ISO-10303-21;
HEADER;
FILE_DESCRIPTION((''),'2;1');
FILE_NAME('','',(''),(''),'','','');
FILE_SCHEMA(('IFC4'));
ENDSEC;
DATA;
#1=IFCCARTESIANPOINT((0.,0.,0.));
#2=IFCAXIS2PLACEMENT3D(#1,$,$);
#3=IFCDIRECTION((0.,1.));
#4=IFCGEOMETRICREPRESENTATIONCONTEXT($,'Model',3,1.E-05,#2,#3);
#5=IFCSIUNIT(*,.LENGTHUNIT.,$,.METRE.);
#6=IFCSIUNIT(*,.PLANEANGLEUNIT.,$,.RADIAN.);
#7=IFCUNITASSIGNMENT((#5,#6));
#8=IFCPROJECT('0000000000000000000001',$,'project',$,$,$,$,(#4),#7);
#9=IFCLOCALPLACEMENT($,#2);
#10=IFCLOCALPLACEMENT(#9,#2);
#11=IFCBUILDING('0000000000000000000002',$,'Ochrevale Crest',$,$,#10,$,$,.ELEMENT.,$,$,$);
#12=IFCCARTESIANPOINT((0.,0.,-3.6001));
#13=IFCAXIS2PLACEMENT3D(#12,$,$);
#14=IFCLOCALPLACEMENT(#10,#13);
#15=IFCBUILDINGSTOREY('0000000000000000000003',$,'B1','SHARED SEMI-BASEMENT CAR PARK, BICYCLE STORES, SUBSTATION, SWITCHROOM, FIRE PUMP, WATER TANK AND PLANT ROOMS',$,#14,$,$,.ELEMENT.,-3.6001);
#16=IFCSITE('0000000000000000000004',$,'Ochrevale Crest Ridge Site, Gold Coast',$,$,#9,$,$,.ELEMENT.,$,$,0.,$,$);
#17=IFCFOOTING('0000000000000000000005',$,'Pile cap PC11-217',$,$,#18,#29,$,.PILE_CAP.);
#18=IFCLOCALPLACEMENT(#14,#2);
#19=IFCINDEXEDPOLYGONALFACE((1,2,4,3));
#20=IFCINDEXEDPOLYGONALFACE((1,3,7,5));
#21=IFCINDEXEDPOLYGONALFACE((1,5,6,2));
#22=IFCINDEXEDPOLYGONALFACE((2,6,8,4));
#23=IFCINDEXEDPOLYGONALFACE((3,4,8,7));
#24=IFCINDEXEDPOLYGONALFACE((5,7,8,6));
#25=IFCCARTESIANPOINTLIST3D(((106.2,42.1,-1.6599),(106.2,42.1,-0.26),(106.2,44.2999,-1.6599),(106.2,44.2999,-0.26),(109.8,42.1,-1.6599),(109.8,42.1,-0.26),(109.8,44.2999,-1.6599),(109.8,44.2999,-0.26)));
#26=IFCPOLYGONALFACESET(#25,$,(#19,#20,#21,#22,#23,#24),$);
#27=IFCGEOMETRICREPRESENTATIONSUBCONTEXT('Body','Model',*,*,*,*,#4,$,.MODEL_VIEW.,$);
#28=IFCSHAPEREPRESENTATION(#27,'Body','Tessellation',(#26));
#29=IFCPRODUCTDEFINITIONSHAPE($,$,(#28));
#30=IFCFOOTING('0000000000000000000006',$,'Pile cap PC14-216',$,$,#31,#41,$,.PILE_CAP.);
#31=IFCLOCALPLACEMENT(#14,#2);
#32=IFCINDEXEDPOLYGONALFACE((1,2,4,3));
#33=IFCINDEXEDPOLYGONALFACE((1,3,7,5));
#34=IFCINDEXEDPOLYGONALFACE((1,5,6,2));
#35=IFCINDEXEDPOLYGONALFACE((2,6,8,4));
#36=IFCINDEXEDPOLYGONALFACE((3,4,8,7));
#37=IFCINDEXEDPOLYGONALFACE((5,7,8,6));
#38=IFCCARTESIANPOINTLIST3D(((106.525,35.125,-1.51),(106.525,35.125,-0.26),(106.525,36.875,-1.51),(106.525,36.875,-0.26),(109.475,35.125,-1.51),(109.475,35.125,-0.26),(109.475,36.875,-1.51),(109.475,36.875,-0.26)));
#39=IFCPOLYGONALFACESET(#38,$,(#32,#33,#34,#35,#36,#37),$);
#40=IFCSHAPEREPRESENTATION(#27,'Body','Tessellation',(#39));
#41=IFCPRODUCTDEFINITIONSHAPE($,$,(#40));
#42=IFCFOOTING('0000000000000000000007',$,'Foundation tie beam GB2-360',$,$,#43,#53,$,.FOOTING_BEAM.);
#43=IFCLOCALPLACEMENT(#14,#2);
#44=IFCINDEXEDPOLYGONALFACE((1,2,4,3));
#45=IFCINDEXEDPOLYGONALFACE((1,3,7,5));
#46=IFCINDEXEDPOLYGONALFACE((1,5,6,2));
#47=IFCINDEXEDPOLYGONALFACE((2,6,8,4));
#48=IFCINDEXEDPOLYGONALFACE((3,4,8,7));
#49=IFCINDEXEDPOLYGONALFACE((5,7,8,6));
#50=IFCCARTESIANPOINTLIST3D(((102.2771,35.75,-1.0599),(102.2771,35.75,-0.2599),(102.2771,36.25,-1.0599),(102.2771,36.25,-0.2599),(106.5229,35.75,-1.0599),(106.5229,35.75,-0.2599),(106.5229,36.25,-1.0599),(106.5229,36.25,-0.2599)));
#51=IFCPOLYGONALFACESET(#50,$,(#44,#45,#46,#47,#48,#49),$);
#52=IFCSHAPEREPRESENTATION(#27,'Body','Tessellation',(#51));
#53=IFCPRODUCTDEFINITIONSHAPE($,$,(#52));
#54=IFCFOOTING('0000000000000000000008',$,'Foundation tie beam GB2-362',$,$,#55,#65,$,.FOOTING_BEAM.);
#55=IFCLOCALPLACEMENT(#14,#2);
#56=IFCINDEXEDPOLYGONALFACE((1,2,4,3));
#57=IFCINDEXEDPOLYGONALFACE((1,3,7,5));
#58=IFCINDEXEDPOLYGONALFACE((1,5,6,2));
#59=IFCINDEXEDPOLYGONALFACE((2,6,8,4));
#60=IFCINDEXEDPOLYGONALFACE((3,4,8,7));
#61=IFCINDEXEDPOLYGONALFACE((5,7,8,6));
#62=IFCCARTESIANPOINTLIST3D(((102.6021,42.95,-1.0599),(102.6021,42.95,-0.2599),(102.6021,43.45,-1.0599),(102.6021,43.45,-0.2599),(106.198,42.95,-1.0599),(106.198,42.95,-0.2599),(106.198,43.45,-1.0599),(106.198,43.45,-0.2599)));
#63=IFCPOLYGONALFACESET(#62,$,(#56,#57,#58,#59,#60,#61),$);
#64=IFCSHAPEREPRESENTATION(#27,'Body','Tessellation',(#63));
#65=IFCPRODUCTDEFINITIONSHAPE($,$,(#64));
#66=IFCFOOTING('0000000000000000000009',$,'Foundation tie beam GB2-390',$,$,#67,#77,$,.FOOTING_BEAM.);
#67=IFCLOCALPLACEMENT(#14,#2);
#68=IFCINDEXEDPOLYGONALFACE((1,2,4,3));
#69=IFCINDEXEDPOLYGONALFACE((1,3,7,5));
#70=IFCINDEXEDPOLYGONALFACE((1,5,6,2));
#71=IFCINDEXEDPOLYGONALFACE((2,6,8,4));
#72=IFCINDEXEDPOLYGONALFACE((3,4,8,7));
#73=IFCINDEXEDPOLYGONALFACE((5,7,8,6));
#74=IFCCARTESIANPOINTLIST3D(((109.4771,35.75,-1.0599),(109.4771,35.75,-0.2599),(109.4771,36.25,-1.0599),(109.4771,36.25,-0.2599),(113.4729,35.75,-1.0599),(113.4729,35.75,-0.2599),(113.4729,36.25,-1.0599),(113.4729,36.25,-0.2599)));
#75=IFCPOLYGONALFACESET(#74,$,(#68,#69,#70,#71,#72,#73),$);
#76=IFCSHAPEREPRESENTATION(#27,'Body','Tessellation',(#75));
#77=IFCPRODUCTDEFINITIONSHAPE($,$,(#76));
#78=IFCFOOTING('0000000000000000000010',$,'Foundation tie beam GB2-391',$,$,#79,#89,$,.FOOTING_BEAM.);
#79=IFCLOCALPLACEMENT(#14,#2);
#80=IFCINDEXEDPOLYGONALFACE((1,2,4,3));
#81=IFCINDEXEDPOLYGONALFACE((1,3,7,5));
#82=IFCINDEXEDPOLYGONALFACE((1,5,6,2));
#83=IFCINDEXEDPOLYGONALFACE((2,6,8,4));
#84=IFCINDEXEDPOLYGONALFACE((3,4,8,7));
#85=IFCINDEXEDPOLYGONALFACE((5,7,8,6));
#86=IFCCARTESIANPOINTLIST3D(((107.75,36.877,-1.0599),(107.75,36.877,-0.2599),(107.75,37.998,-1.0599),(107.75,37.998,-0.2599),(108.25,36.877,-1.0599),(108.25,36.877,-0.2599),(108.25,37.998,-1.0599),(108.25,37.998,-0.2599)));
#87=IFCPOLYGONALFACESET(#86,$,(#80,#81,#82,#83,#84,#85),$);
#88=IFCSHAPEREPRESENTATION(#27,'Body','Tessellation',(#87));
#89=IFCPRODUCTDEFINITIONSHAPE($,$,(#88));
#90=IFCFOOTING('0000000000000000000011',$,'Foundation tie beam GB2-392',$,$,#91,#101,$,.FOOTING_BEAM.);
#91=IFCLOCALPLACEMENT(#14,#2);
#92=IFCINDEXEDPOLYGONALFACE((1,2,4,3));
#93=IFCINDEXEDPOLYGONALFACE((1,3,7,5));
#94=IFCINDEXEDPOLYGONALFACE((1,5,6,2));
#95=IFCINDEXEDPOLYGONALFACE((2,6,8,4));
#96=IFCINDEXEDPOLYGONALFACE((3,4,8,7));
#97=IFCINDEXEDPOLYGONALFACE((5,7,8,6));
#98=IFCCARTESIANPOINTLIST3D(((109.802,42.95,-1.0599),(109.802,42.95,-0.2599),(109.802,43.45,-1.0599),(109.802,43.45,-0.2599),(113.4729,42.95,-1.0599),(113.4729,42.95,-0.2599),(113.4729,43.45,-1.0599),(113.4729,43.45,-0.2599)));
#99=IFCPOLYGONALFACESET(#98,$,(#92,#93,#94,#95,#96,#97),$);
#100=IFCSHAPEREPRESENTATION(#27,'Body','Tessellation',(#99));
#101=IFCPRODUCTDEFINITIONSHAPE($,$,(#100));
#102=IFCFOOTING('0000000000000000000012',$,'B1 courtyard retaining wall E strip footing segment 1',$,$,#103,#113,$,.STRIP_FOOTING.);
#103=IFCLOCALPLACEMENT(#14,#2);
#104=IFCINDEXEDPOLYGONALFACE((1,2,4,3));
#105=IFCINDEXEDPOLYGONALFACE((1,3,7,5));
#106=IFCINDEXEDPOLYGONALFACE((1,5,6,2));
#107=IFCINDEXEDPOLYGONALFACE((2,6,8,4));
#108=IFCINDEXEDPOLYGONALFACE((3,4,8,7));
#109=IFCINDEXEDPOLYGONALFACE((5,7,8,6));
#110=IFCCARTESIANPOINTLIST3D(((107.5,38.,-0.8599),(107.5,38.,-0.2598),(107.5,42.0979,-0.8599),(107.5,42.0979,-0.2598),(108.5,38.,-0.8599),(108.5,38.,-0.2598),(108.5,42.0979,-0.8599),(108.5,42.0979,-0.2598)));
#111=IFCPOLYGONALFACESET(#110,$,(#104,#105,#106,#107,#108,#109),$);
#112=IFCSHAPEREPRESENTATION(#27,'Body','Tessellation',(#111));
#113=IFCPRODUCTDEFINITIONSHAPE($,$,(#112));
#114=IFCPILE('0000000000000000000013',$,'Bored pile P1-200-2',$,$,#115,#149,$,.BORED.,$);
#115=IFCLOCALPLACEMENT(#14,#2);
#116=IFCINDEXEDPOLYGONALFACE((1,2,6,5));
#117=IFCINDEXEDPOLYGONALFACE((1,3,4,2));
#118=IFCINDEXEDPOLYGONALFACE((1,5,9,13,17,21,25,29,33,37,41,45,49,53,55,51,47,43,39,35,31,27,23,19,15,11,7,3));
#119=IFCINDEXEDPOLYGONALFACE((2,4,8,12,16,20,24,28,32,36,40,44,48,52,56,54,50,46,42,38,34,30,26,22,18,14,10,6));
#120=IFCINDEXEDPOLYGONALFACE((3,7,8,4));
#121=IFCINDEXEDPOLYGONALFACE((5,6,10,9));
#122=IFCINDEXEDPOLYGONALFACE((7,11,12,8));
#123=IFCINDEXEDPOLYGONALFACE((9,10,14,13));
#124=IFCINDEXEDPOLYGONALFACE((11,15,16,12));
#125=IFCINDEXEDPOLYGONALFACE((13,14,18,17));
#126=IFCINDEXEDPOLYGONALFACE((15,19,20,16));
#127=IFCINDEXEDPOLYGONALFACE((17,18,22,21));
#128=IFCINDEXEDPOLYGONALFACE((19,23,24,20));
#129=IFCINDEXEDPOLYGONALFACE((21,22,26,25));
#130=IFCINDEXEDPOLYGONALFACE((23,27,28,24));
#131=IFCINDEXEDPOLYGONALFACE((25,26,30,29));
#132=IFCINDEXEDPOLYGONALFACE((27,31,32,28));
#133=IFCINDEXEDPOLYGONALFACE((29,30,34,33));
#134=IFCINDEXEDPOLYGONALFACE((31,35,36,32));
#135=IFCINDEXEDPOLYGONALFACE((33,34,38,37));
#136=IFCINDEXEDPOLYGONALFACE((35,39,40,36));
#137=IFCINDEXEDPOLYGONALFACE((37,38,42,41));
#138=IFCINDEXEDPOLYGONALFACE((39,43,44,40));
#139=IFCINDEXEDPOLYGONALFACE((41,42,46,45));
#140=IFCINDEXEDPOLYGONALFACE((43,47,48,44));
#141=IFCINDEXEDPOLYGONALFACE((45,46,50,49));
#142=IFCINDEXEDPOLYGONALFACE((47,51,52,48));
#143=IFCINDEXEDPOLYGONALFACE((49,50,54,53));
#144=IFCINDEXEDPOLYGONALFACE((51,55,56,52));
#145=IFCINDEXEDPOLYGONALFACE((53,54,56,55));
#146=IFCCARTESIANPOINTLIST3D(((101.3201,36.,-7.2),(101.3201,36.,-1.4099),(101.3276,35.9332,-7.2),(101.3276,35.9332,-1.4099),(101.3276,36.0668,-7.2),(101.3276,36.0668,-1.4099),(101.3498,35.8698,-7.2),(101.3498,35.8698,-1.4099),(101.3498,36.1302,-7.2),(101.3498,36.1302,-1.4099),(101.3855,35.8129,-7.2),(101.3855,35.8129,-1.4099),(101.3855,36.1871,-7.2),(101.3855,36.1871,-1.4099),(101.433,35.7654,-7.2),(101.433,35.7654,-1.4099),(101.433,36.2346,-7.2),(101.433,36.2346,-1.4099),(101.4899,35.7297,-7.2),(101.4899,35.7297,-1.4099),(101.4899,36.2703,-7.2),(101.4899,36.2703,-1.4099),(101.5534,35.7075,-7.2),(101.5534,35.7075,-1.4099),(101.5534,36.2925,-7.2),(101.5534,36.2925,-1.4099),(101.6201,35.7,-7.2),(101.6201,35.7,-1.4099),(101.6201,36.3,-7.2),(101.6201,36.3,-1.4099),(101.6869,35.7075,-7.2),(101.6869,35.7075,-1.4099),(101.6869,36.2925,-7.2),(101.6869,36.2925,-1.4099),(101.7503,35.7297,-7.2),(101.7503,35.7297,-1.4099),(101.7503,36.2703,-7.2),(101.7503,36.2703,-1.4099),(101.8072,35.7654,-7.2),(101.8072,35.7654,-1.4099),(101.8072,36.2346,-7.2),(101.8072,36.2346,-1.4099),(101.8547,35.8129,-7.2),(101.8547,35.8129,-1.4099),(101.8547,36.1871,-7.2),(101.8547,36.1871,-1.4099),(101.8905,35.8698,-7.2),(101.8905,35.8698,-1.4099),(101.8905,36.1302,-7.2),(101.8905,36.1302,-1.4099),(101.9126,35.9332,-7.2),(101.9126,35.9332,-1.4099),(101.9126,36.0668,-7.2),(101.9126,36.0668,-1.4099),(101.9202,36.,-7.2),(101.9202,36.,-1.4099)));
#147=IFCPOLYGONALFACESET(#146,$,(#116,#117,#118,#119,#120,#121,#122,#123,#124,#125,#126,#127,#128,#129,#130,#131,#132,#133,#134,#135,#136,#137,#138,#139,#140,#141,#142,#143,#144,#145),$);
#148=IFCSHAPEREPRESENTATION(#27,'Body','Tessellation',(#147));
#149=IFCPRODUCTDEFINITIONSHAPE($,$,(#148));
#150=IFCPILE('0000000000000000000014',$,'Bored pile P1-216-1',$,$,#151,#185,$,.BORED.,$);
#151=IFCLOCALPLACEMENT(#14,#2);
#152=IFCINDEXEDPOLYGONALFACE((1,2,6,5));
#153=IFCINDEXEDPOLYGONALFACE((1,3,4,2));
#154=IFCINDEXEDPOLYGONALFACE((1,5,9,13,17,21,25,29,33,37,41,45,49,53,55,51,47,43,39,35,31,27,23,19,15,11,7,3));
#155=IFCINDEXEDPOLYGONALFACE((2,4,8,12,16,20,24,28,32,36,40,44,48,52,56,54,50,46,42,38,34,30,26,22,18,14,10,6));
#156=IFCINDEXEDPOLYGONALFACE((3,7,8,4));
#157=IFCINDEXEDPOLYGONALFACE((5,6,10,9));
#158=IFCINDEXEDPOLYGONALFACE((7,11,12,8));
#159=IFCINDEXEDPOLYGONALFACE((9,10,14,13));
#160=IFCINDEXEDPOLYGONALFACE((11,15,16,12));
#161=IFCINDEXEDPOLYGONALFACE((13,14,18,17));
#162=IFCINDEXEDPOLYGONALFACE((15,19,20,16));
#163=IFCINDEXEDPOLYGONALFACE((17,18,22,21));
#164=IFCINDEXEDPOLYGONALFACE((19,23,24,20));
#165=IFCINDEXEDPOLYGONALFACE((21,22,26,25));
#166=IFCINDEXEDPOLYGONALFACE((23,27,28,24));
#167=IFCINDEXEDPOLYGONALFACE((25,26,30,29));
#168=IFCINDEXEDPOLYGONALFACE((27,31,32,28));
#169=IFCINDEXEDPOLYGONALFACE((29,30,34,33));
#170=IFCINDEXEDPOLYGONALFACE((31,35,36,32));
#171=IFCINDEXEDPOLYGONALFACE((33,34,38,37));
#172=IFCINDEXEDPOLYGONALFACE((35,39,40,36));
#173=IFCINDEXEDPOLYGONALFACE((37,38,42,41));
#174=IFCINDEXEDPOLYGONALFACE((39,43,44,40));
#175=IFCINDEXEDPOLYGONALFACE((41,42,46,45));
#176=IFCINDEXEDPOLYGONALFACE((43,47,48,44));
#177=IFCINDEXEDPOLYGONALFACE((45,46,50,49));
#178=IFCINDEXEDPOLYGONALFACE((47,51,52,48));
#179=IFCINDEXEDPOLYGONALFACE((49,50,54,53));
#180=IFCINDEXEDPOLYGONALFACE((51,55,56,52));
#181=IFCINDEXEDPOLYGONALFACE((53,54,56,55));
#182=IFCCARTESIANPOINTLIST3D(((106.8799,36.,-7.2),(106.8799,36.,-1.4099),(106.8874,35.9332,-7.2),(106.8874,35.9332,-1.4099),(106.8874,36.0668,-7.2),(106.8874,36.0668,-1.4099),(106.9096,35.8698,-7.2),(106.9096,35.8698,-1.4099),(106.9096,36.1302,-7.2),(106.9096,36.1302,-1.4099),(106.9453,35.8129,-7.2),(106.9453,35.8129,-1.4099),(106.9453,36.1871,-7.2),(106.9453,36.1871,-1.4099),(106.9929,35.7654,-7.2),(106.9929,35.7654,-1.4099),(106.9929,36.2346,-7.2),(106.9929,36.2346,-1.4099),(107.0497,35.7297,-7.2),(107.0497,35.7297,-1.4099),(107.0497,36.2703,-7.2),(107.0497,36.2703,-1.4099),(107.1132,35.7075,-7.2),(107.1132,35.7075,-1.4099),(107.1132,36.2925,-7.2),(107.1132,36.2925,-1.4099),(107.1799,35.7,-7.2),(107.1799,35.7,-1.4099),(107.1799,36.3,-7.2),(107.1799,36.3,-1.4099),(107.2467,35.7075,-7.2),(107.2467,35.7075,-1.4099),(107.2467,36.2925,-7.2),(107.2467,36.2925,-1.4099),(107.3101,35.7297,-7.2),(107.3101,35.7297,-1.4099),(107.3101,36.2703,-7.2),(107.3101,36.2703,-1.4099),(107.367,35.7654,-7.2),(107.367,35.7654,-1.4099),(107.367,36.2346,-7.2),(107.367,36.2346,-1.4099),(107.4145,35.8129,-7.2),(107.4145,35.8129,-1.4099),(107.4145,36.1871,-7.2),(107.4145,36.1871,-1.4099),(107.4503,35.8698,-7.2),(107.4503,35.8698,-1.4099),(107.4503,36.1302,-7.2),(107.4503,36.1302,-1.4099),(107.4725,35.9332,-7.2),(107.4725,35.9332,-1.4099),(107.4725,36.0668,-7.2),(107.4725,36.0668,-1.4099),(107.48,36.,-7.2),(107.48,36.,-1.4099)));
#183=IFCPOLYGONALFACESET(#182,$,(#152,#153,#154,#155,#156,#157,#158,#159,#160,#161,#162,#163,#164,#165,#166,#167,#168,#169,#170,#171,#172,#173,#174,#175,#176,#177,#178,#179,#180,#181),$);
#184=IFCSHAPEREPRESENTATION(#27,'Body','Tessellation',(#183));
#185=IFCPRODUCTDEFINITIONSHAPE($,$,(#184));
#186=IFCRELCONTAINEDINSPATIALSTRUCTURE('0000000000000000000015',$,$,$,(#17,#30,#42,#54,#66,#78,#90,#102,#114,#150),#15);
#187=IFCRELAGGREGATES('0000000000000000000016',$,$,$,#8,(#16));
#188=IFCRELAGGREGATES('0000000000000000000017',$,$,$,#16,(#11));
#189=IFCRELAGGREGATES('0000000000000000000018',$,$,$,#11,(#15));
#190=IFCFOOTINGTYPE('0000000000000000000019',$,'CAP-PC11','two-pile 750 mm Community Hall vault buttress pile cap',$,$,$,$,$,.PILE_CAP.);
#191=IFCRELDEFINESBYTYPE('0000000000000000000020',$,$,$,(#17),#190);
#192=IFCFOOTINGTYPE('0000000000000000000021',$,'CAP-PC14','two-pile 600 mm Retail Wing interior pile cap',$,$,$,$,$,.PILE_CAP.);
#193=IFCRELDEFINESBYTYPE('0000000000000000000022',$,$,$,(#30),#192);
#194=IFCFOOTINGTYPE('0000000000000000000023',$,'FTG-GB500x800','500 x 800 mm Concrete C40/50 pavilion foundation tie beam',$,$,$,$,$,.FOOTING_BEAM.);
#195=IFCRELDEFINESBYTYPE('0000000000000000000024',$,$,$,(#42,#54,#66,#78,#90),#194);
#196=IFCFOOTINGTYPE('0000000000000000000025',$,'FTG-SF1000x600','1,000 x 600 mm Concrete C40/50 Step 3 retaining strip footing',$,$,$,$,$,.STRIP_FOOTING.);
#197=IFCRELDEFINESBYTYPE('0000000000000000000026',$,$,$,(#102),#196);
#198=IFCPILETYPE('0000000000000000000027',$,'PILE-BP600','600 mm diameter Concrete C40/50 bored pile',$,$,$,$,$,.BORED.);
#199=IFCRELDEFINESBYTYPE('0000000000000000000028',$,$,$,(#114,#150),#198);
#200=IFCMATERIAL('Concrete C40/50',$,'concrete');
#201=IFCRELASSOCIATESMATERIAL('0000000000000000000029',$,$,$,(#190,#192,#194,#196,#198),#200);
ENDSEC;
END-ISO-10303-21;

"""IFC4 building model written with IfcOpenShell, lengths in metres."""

from ifc_helpers import new_model, si_unit, direction, frame, origin, origin_2d, place, context, subcontext, project, spatial, rectangle, circle, extrude, material, material_profile, profile_set, type_object, element, save


model = new_model("IFC4")

# Units and contexts
model_context = context("Model", 3, precision=1e-05, world=origin(), true_north=direction((0.0, 1.0)))
body_context = subcontext(model_context, "Body", "Model", "MODEL_VIEW")
ifc_project = project(units=[si_unit("LENGTHUNIT", "METRE"), si_unit("PLANEANGLEUNIT", "RADIAN")], contexts=[model_context])

# Site, building, storey
site_placement = place(None, origin())
site = spatial("IfcSite", under=ifc_project, at=site_placement, Name="Ochrevale Crest Ridge Site, Gold Coast", CompositionType="ELEMENT", RefElevation=0.0)
building_placement = place(site_placement, origin())
building = spatial("IfcBuilding", under=site, at=building_placement, Name="Ochrevale Crest", CompositionType="ELEMENT")
storey_placement = place(building_placement, frame((0.0, 0.0, -3.6001)))
storey = spatial("IfcBuildingStorey", under=building, at=storey_placement, Name="B1", Description="SHARED SEMI-BASEMENT CAR PARK, BICYCLE STORES, SUBSTATION, SWITCHROOM, FIRE PUMP, WATER TANK AND PLANT ROOMS", CompositionType="ELEMENT", Elevation=-3.6001)

# Footings
ifc_material_1 = material(Name="Concrete C40/50", Category="concrete")
footing_type_1 = type_object("IfcFootingType", Name="CAP-PC11", Description="two-pile 750 mm Community Hall vault buttress pile cap", PredefinedType="PILE_CAP", material=ifc_material_1)
footing_1_placement = place(storey_placement, frame((108.0, 43.2, -1.6599), z_axis=(0.0, 0.0, 1.0), x_axis=(1.0, 0.0, 0.0)))
element("IfcFooting", 1, at=footing_1_placement, inside=storey, type_object=footing_type_1, Name="Pile cap PC11-217", PredefinedType="PILE_CAP", context=body_context, shape_type="SweptSolid", body=[
    extrude(rectangle(XDim=3.6001, YDim=2.2, at=origin_2d()), origin(), (0.0, 0.0, 1.0), 1.3999),
])
footing_type_2 = type_object("IfcFootingType", Name="CAP-PC14", Description="two-pile 600 mm Retail Wing interior pile cap", PredefinedType="PILE_CAP", material=ifc_material_1)
footing_2_placement = place(storey_placement, frame((108.0, 36.0, -1.51), z_axis=(0.0, 0.0, 1.0), x_axis=(1.0, 0.0, 0.0)))
element("IfcFooting", 2, at=footing_2_placement, inside=storey, type_object=footing_type_2, Name="Pile cap PC14-216", PredefinedType="PILE_CAP", context=body_context, shape_type="SweptSolid", body=[
    extrude(rectangle(XDim=2.95, YDim=1.75, at=origin_2d()), origin(), (0.0, 0.0, 1.0), 1.25),
])
ifc_material_profile_1 = material_profile(ifc_material_1, rectangle(XDim=0.5, YDim=0.8, at=origin_2d()), Name="GB 500x800")
ifc_profile_set_1 = profile_set([ifc_material_profile_1], Name="Concrete C40/50")
footing_type_3 = type_object("IfcFootingType", Name="FTG-GB500x800", Description="500 x 800 mm Concrete C40/50 pavilion foundation tie beam", PredefinedType="FOOTING_BEAM", material=ifc_profile_set_1)
footing_3_placement = place(storey_placement, frame((102.2771, 36.0, -0.6599), z_axis=(1.0, 0.0, 0.0), x_axis=(0.0, 1.0, 0.0)))
element("IfcFooting", 3, at=footing_3_placement, inside=storey, type_object=footing_type_3, Name="Foundation tie beam GB2-360", PredefinedType="FOOTING_BEAM", context=body_context, shape_type="SweptSolid", body=[
    extrude(rectangle(XDim=0.5, YDim=0.8, at=origin_2d()), origin(), (0.0, 0.0, 1.0), 4.2458),
])
footing_4_placement = place(storey_placement, frame((102.6021, 43.2, -0.6599), z_axis=(1.0, 0.0, 0.0), x_axis=(0.0, 1.0, 0.0)))
element("IfcFooting", 4, at=footing_4_placement, inside=storey, type_object=footing_type_3, Name="Foundation tie beam GB2-362", PredefinedType="FOOTING_BEAM", context=body_context, shape_type="SweptSolid", body=[
    extrude(rectangle(XDim=0.5, YDim=0.8, at=origin_2d()), origin(), (0.0, 0.0, 1.0), 3.5959),
])
footing_5_placement = place(storey_placement, frame((109.4771, 36.0, -0.6599), z_axis=(1.0, 0.0, 0.0), x_axis=(0.0, 1.0, 0.0)))
element("IfcFooting", 5, at=footing_5_placement, inside=storey, type_object=footing_type_3, Name="Foundation tie beam GB2-390", PredefinedType="FOOTING_BEAM", context=body_context, shape_type="SweptSolid", body=[
    extrude(rectangle(XDim=0.5, YDim=0.8, at=origin_2d()), origin(), (0.0, 0.0, 1.0), 3.9958),
])
footing_6_placement = place(storey_placement, frame((108.0, 36.877, -0.6599), z_axis=(0.0, 1.0, 0.0), x_axis=(-1.0, 0.0, 0.0)))
element("IfcFooting", 6, at=footing_6_placement, inside=storey, type_object=footing_type_3, Name="Foundation tie beam GB2-391", PredefinedType="FOOTING_BEAM", context=body_context, shape_type="SweptSolid", body=[
    extrude(rectangle(XDim=0.5, YDim=0.8, at=origin_2d()), origin(), (0.0, 0.0, 1.0), 1.1211),
])
footing_7_placement = place(storey_placement, frame((109.802, 43.2, -0.6599), z_axis=(1.0, 0.0, 0.0), x_axis=(0.0, 1.0, 0.0)))
element("IfcFooting", 7, at=footing_7_placement, inside=storey, type_object=footing_type_3, Name="Foundation tie beam GB2-392", PredefinedType="FOOTING_BEAM", context=body_context, shape_type="SweptSolid", body=[
    extrude(rectangle(XDim=0.5, YDim=0.8, at=origin_2d()), origin(), (0.0, 0.0, 1.0), 3.6709),
])
ifc_material_profile_2 = material_profile(ifc_material_1, rectangle(XDim=1.0, YDim=0.6001, at=origin_2d()), Name="SF 1000x600")
ifc_profile_set_2 = profile_set([ifc_material_profile_2], Name="Concrete C40/50")
footing_type_4 = type_object("IfcFootingType", Name="FTG-SF1000x600", Description="1,000 x 600 mm Concrete C40/50 Step 3 retaining strip footing", PredefinedType="STRIP_FOOTING", material=ifc_profile_set_2)
footing_8_placement = place(storey_placement, frame((108.0, 38.0, -0.5598), z_axis=(0.0, 1.0, 0.0), x_axis=(-1.0, 0.0, 0.0)))
element("IfcFooting", 8, at=footing_8_placement, inside=storey, type_object=footing_type_4, Name="B1 courtyard retaining wall E strip footing segment 1", PredefinedType="STRIP_FOOTING", context=body_context, shape_type="SweptSolid", body=[
    extrude(rectangle(XDim=1.0, YDim=0.6001, at=origin_2d()), origin(), (0.0, 0.0, 1.0), 4.0979),
])

# Piles
ifc_material_profile_3 = material_profile(ifc_material_1, circle(Radius=0.3, at=origin_2d()), Name="BORED PILE 600")
ifc_profile_set_3 = profile_set([ifc_material_profile_3], Name="Concrete C40/50")
pile_type_1 = type_object("IfcPileType", Name="PILE-BP600", Description="600 mm diameter Concrete C40/50 bored pile", PredefinedType="BORED", material=ifc_profile_set_3)
for number, where, z_axis, x_axis, name in (
    (9, (101.6201, 36.0, -1.4099), (0.0, 0.0, -1.0), (1.0, 0.0, 0.0), "Bored pile P1-200-2"),
    (10, (107.1799, 36.0, -1.4099), (0.0, 0.0, -1.0), (1.0, 0.0, 0.0), "Bored pile P1-216-1"),
):
    element("IfcPile", number, at=place(storey_placement, frame(where, z_axis=z_axis, x_axis=x_axis)), inside=storey, type_object=pile_type_1, Name=name, PredefinedType="BORED", context=body_context, shape_type="SweptSolid", body=[
        extrude(circle(Radius=0.3, at=origin_2d()), origin(), (0.0, 0.0, 1.0), 5.79),
    ])

save(model, "model.ifc")
